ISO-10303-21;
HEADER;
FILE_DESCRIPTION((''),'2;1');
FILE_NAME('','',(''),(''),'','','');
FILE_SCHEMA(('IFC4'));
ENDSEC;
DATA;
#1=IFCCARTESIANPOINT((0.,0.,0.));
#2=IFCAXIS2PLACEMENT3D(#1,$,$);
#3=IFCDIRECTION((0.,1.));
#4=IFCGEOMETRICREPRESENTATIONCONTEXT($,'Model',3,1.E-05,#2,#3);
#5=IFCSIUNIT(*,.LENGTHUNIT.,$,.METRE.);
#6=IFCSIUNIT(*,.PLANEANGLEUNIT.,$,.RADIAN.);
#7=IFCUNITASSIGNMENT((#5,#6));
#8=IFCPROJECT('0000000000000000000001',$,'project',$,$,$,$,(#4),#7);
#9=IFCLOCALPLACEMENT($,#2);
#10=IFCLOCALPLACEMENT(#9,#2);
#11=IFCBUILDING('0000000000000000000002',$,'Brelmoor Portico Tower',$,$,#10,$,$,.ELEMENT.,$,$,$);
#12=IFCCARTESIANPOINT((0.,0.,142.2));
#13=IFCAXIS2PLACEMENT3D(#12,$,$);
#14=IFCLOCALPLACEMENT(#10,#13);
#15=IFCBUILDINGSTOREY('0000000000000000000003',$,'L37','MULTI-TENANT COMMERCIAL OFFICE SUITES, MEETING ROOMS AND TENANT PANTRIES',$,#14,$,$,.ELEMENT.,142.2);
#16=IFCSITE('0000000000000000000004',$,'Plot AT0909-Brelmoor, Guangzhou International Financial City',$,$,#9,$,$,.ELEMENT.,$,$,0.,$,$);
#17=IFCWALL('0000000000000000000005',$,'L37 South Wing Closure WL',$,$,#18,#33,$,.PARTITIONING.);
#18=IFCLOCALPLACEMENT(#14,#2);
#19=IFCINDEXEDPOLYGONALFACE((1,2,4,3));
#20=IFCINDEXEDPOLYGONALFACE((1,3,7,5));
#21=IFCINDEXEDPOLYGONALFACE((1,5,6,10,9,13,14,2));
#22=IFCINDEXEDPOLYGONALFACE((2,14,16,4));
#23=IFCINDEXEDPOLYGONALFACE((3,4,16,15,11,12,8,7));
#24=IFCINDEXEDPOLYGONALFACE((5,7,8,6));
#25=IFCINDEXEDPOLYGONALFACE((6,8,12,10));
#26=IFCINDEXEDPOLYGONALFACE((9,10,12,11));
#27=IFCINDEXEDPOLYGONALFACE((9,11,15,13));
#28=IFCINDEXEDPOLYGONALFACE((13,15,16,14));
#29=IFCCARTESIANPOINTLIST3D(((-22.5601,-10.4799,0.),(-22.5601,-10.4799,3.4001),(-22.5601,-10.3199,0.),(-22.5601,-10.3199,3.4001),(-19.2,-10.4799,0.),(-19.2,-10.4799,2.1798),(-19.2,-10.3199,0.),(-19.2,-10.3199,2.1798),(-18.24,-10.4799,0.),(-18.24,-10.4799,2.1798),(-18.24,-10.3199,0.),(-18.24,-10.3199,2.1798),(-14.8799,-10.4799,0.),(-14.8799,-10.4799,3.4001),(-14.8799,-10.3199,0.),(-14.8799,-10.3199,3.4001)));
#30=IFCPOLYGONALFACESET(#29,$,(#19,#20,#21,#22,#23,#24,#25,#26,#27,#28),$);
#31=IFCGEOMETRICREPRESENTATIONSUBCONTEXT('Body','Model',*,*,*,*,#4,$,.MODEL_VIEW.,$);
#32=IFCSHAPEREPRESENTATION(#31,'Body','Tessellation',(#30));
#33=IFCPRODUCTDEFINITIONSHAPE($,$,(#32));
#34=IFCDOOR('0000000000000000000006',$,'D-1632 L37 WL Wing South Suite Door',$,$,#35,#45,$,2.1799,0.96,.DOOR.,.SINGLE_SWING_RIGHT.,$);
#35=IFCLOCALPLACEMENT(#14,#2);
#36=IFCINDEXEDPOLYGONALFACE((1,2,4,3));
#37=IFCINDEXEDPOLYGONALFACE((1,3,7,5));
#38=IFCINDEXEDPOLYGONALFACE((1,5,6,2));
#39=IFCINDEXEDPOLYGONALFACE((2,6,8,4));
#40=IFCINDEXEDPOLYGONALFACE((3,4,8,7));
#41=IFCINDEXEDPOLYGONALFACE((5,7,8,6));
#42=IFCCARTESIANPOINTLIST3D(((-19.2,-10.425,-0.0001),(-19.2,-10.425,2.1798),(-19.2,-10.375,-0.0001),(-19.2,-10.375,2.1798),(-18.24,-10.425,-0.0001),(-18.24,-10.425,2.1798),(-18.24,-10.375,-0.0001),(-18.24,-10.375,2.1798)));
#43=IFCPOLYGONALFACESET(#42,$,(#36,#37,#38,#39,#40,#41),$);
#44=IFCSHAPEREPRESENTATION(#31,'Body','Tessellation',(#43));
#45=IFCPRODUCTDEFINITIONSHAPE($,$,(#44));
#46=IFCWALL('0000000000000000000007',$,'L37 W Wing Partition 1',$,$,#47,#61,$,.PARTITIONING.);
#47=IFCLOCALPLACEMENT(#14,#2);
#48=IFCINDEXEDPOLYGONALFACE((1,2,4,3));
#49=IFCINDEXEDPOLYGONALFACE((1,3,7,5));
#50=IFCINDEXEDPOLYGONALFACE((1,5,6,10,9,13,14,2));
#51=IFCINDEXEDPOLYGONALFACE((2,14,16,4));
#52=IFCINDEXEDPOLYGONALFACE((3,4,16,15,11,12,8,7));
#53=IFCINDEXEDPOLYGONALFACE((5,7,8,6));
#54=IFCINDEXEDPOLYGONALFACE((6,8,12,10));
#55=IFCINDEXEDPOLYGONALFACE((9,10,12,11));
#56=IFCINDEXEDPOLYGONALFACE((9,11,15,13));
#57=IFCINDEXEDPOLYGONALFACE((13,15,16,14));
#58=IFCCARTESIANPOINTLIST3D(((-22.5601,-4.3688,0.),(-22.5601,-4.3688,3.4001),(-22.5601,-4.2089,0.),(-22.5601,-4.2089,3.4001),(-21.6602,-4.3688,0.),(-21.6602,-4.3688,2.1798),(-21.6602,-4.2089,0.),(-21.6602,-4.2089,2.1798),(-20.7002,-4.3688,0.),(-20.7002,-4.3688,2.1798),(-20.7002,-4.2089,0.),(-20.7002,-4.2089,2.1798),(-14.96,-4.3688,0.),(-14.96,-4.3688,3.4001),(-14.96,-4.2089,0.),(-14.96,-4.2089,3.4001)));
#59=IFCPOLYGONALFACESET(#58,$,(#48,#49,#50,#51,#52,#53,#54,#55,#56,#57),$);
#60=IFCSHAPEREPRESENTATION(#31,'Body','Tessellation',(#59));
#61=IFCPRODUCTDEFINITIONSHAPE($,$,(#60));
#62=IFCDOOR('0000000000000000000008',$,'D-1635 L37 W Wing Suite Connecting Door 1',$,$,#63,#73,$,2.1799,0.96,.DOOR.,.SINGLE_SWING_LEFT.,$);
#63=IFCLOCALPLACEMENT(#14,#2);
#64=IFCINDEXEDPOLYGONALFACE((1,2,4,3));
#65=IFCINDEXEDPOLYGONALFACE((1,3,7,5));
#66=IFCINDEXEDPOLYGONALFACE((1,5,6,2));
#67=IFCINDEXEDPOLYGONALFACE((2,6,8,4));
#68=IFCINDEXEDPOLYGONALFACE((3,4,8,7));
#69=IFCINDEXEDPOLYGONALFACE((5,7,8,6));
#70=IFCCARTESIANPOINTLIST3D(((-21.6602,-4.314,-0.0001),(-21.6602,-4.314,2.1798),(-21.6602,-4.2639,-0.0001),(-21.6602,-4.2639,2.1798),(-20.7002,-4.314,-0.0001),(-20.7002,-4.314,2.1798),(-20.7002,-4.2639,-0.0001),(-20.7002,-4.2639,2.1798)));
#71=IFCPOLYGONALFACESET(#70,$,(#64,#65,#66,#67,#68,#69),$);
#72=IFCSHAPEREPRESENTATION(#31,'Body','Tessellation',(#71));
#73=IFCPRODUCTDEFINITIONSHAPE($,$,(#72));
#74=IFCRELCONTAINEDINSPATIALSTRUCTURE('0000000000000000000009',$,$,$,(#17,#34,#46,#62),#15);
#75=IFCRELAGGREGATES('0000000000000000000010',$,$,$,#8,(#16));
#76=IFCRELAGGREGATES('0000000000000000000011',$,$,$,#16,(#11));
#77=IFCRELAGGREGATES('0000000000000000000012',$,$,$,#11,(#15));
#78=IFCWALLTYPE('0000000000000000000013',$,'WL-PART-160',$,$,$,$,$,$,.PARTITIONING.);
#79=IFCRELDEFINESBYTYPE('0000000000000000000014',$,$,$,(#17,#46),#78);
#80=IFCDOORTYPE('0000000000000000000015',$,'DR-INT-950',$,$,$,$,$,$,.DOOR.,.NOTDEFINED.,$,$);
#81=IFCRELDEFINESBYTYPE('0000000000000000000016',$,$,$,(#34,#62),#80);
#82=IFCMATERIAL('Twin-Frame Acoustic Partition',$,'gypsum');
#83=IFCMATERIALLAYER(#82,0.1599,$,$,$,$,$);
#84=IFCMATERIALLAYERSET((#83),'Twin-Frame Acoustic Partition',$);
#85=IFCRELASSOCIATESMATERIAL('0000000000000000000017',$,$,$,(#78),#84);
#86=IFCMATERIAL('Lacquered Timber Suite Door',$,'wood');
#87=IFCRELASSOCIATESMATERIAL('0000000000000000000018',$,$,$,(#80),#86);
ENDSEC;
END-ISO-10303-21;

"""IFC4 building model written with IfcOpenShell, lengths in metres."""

from ifc_helpers import new_model, si_unit, direction, frame, frame_2d, origin, place, context, subcontext, project, spatial, rectangle, extrude, material, layer, layer_set, type_object, element, fill, save


model = new_model("IFC4")

# Units and contexts
model_context = context("Model", 3, precision=1e-05, world=origin(), true_north=direction((0.0, 1.0)))
body_context = subcontext(model_context, "Body", "Model", "MODEL_VIEW")
ifc_project = project(units=[si_unit("LENGTHUNIT", "METRE"), si_unit("PLANEANGLEUNIT", "RADIAN")], contexts=[model_context])

# Site, building, storey
site_placement = place(None, origin())
site = spatial("IfcSite", under=ifc_project, at=site_placement, Name="Plot AT0909-Brelmoor, Guangzhou International Financial City", CompositionType="ELEMENT", RefElevation=0.0)
building_placement = place(site_placement, origin())
building = spatial("IfcBuilding", under=site, at=building_placement, Name="Brelmoor Portico Tower", CompositionType="ELEMENT")
storey_placement = place(building_placement, frame((0.0, 0.0, 142.2)))
storey = spatial("IfcBuildingStorey", under=building, at=storey_placement, Name="L37", Description="MULTI-TENANT COMMERCIAL OFFICE SUITES, MEETING ROOMS AND TENANT PANTRIES", CompositionType="ELEMENT", Elevation=142.2)

# Walls, openings, doors
ifc_material_1 = material(Name="Twin-Frame Acoustic Partition", Category="gypsum")
ifc_layer_1 = layer(ifc_material_1, 0.1599)
ifc_layer_set_1 = layer_set([ifc_layer_1], Name="Twin-Frame Acoustic Partition")
wall_type_1 = type_object("IfcWallType", Name="WL-PART-160", PredefinedType="PARTITIONING", material=ifc_layer_set_1)
wall_1_placement = place(storey_placement, frame((-22.5601, -10.3999, 0.0), z_axis=(0.0, 0.0, 1.0), x_axis=(1.0, 0.0, 0.0)))
wall_1 = element("IfcWall", 1, at=wall_1_placement, inside=storey, type_object=wall_type_1, Name="L37 South Wing Closure WL", PredefinedType="PARTITIONING", context=body_context, shape_type="SweptSolid", body=[
    extrude(rectangle(XDim=7.6802, YDim=0.1599, at=frame_2d((3.8401, 0.0))), origin(), (0.0, 0.0, 1.0), 3.4001),
])
opening_1_placement = place(wall_1_placement, frame((3.3601, 0.0, 0.0)))
opening_1 = element("IfcOpeningElement", 2, at=opening_1_placement, cuts=wall_1, PredefinedType="OPENING", context=body_context, shape_type="SweptSolid", body=[
    extrude(rectangle(XDim=0.96, YDim=2.1799, at=frame_2d((0.48, 1.0898))), frame((0.0, 0.0898, 0.0), z_axis=(0.0, -1.0, 0.0), x_axis=(1.0, 0.0, 0.0)), (0.0, 0.0, 1.0), 0.1799),
])
ifc_material_2 = material(Name="Lacquered Timber Suite Door", Category="wood")
door_type = type_object("IfcDoorType", Name="DR-INT-950", OperationType="NOTDEFINED", PredefinedType="DOOR", material=ifc_material_2)
door_1_placement = place(opening_1_placement, origin())
door_1 = element("IfcDoor", 3, at=door_1_placement, inside=storey, type_object=door_type, Name="D-1632 L37 WL Wing South Suite Door", OperationType="SINGLE_SWING_RIGHT", OverallHeight=2.1799, OverallWidth=0.96, PredefinedType="DOOR", context=body_context, shape_type="SweptSolid", body=[
    extrude(rectangle(XDim=0.96, YDim=2.1799, at=frame_2d((0.48, 1.0898))), frame((0.0, 0.0249, 0.0), z_axis=(0.0, -1.0, 0.0), x_axis=(1.0, 0.0, 0.0)), (0.0, 0.0, 1.0), 0.05),
])
fill(opening_1, door_1)
wall_2_placement = place(storey_placement, frame((-22.5601, -4.2888, 0.0), z_axis=(0.0, 0.0, 1.0), x_axis=(1.0, 0.0, 0.0)))
wall_2 = element("IfcWall", 4, at=wall_2_placement, inside=storey, type_object=wall_type_1, Name="L37 W Wing Partition 1", PredefinedType="PARTITIONING", context=body_context, shape_type="SweptSolid", body=[
    extrude(rectangle(XDim=7.6001, YDim=0.1599, at=frame_2d((3.8, 0.0))), origin(), (0.0, 0.0, 1.0), 3.4001),
])
opening_2_placement = place(wall_2_placement, frame((0.8999, 0.0, 0.0)))
opening_2 = element("IfcOpeningElement", 5, at=opening_2_placement, cuts=wall_2, PredefinedType="OPENING", context=body_context, shape_type="SweptSolid", body=[
    extrude(rectangle(XDim=0.96, YDim=2.1799, at=frame_2d((0.48, 1.0898))), frame((0.0, 0.0898, 0.0), z_axis=(0.0, -1.0, 0.0), x_axis=(1.0, 0.0, 0.0)), (0.0, 0.0, 1.0), 0.1799),
])
door_2_placement = place(opening_2_placement, origin())
door_2 = element("IfcDoor", 6, at=door_2_placement, inside=storey, type_object=door_type, Name="D-1635 L37 W Wing Suite Connecting Door 1", OperationType="SINGLE_SWING_LEFT", OverallHeight=2.1799, OverallWidth=0.96, PredefinedType="DOOR", context=body_context, shape_type="SweptSolid", body=[
    extrude(rectangle(XDim=0.96, YDim=2.1799, at=frame_2d((0.48, 1.0898))), frame((0.0, 0.0249, 0.0), z_axis=(0.0, -1.0, 0.0), x_axis=(1.0, 0.0, 0.0)), (0.0, 0.0, 1.0), 0.05),
])
fill(opening_2, door_2)

save(model, "model.ifc")
